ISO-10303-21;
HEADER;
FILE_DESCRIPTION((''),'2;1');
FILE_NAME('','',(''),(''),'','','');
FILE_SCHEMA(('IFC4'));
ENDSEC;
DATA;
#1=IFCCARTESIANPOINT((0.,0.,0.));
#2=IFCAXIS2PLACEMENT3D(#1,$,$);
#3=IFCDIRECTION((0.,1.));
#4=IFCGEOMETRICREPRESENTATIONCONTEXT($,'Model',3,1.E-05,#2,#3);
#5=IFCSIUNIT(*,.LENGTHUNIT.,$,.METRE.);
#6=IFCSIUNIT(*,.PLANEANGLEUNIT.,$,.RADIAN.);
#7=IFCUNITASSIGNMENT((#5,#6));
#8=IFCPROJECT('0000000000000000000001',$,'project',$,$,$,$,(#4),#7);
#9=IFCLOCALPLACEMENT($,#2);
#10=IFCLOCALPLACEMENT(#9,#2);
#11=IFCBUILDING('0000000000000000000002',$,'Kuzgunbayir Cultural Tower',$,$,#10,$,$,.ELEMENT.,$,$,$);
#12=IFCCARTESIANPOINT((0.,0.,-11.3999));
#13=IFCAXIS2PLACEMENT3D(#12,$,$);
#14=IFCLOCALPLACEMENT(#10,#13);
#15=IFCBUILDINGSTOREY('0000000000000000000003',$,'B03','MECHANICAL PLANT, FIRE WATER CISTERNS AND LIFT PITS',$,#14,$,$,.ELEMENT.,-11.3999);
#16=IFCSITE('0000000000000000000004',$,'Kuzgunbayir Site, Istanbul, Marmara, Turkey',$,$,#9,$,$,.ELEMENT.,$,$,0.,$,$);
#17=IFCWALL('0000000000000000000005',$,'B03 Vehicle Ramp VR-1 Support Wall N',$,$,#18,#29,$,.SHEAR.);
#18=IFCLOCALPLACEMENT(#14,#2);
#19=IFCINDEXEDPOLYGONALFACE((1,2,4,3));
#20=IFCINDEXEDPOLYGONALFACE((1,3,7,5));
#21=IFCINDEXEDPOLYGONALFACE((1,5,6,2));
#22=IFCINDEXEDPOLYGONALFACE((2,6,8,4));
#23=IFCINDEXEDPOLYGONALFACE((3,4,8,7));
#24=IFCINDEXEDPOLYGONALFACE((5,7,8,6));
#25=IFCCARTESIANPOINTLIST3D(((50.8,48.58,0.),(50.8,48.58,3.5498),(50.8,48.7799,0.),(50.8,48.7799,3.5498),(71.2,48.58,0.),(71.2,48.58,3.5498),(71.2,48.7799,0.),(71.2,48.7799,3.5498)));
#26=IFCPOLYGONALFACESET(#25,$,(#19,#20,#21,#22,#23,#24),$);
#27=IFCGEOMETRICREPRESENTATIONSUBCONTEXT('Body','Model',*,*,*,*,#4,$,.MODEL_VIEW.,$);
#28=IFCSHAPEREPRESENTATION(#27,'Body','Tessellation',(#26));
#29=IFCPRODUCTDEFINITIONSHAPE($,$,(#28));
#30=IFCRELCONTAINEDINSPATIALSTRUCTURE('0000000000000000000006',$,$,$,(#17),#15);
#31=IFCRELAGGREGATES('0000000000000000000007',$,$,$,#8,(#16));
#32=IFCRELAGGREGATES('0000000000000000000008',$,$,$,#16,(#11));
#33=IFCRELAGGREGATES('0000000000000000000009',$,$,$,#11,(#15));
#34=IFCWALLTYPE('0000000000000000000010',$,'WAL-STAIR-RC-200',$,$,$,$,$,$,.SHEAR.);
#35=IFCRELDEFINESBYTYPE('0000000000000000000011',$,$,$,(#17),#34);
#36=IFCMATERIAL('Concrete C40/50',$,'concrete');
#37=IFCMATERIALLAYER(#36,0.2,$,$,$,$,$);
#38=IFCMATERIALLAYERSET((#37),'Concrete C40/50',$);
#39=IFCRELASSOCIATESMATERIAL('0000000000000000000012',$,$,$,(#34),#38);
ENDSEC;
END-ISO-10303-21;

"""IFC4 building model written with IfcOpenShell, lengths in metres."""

from ifc_helpers import new_model, si_unit, direction, frame, frame_2d, origin, place, context, subcontext, project, spatial, rectangle, extrude, material, layer, layer_set, type_object, element, save


model = new_model("IFC4")

# Units and contexts
model_context = context("Model", 3, precision=1e-05, world=origin(), true_north=direction((0.0, 1.0)))
body_context = subcontext(model_context, "Body", "Model", "MODEL_VIEW")
ifc_project = project(units=[si_unit("LENGTHUNIT", "METRE"), si_unit("PLANEANGLEUNIT", "RADIAN")], contexts=[model_context])

# Site, building, storey
site_placement = place(None, origin())
site = spatial("IfcSite", under=ifc_project, at=site_placement, Name="Kuzgunbayir Site, Istanbul, Marmara, Turkey", CompositionType="ELEMENT", RefElevation=0.0)
building_placement = place(site_placement, origin())
building = spatial("IfcBuilding", under=site, at=building_placement, Name="Kuzgunbayir Cultural Tower", CompositionType="ELEMENT")
storey_placement = place(building_placement, frame((0.0, 0.0, -11.3999)))
storey = spatial("IfcBuildingStorey", under=building, at=storey_placement, Name="B03", Description="MECHANICAL PLANT, FIRE WATER CISTERNS AND LIFT PITS", CompositionType="ELEMENT", Elevation=-11.3999)

# Shared definitions
ifc_material_1 = material(Name="Concrete C40/50", Category="concrete")

# Wall
ifc_layer = layer(ifc_material_1, 0.2)
ifc_layer_set = layer_set([ifc_layer], Name="Concrete C40/50")
wall_type = type_object("IfcWallType", Name="WAL-STAIR-RC-200", PredefinedType="SHEAR", material=ifc_layer_set)
for number, where, z_axis, x_axis, name in (
    (1, (50.8, 48.6799, 0.0), (0.0, 0.0, 1.0), (1.0, 0.0, 0.0), "B03 Vehicle Ramp VR-1 Support Wall N"),
):
    element("IfcWall", number, at=place(storey_placement, frame(where, z_axis=z_axis, x_axis=x_axis)), inside=storey, type_object=wall_type, Name=name, PredefinedType="SHEAR", context=body_context, shape_type="SweptSolid", body=[
        extrude(rectangle(XDim=20.3999, YDim=0.2, at=frame_2d((10.2, 0.0))), origin(), (0.0, 0.0, 1.0), 3.5498),
    ])

save(model, "model.ifc")
